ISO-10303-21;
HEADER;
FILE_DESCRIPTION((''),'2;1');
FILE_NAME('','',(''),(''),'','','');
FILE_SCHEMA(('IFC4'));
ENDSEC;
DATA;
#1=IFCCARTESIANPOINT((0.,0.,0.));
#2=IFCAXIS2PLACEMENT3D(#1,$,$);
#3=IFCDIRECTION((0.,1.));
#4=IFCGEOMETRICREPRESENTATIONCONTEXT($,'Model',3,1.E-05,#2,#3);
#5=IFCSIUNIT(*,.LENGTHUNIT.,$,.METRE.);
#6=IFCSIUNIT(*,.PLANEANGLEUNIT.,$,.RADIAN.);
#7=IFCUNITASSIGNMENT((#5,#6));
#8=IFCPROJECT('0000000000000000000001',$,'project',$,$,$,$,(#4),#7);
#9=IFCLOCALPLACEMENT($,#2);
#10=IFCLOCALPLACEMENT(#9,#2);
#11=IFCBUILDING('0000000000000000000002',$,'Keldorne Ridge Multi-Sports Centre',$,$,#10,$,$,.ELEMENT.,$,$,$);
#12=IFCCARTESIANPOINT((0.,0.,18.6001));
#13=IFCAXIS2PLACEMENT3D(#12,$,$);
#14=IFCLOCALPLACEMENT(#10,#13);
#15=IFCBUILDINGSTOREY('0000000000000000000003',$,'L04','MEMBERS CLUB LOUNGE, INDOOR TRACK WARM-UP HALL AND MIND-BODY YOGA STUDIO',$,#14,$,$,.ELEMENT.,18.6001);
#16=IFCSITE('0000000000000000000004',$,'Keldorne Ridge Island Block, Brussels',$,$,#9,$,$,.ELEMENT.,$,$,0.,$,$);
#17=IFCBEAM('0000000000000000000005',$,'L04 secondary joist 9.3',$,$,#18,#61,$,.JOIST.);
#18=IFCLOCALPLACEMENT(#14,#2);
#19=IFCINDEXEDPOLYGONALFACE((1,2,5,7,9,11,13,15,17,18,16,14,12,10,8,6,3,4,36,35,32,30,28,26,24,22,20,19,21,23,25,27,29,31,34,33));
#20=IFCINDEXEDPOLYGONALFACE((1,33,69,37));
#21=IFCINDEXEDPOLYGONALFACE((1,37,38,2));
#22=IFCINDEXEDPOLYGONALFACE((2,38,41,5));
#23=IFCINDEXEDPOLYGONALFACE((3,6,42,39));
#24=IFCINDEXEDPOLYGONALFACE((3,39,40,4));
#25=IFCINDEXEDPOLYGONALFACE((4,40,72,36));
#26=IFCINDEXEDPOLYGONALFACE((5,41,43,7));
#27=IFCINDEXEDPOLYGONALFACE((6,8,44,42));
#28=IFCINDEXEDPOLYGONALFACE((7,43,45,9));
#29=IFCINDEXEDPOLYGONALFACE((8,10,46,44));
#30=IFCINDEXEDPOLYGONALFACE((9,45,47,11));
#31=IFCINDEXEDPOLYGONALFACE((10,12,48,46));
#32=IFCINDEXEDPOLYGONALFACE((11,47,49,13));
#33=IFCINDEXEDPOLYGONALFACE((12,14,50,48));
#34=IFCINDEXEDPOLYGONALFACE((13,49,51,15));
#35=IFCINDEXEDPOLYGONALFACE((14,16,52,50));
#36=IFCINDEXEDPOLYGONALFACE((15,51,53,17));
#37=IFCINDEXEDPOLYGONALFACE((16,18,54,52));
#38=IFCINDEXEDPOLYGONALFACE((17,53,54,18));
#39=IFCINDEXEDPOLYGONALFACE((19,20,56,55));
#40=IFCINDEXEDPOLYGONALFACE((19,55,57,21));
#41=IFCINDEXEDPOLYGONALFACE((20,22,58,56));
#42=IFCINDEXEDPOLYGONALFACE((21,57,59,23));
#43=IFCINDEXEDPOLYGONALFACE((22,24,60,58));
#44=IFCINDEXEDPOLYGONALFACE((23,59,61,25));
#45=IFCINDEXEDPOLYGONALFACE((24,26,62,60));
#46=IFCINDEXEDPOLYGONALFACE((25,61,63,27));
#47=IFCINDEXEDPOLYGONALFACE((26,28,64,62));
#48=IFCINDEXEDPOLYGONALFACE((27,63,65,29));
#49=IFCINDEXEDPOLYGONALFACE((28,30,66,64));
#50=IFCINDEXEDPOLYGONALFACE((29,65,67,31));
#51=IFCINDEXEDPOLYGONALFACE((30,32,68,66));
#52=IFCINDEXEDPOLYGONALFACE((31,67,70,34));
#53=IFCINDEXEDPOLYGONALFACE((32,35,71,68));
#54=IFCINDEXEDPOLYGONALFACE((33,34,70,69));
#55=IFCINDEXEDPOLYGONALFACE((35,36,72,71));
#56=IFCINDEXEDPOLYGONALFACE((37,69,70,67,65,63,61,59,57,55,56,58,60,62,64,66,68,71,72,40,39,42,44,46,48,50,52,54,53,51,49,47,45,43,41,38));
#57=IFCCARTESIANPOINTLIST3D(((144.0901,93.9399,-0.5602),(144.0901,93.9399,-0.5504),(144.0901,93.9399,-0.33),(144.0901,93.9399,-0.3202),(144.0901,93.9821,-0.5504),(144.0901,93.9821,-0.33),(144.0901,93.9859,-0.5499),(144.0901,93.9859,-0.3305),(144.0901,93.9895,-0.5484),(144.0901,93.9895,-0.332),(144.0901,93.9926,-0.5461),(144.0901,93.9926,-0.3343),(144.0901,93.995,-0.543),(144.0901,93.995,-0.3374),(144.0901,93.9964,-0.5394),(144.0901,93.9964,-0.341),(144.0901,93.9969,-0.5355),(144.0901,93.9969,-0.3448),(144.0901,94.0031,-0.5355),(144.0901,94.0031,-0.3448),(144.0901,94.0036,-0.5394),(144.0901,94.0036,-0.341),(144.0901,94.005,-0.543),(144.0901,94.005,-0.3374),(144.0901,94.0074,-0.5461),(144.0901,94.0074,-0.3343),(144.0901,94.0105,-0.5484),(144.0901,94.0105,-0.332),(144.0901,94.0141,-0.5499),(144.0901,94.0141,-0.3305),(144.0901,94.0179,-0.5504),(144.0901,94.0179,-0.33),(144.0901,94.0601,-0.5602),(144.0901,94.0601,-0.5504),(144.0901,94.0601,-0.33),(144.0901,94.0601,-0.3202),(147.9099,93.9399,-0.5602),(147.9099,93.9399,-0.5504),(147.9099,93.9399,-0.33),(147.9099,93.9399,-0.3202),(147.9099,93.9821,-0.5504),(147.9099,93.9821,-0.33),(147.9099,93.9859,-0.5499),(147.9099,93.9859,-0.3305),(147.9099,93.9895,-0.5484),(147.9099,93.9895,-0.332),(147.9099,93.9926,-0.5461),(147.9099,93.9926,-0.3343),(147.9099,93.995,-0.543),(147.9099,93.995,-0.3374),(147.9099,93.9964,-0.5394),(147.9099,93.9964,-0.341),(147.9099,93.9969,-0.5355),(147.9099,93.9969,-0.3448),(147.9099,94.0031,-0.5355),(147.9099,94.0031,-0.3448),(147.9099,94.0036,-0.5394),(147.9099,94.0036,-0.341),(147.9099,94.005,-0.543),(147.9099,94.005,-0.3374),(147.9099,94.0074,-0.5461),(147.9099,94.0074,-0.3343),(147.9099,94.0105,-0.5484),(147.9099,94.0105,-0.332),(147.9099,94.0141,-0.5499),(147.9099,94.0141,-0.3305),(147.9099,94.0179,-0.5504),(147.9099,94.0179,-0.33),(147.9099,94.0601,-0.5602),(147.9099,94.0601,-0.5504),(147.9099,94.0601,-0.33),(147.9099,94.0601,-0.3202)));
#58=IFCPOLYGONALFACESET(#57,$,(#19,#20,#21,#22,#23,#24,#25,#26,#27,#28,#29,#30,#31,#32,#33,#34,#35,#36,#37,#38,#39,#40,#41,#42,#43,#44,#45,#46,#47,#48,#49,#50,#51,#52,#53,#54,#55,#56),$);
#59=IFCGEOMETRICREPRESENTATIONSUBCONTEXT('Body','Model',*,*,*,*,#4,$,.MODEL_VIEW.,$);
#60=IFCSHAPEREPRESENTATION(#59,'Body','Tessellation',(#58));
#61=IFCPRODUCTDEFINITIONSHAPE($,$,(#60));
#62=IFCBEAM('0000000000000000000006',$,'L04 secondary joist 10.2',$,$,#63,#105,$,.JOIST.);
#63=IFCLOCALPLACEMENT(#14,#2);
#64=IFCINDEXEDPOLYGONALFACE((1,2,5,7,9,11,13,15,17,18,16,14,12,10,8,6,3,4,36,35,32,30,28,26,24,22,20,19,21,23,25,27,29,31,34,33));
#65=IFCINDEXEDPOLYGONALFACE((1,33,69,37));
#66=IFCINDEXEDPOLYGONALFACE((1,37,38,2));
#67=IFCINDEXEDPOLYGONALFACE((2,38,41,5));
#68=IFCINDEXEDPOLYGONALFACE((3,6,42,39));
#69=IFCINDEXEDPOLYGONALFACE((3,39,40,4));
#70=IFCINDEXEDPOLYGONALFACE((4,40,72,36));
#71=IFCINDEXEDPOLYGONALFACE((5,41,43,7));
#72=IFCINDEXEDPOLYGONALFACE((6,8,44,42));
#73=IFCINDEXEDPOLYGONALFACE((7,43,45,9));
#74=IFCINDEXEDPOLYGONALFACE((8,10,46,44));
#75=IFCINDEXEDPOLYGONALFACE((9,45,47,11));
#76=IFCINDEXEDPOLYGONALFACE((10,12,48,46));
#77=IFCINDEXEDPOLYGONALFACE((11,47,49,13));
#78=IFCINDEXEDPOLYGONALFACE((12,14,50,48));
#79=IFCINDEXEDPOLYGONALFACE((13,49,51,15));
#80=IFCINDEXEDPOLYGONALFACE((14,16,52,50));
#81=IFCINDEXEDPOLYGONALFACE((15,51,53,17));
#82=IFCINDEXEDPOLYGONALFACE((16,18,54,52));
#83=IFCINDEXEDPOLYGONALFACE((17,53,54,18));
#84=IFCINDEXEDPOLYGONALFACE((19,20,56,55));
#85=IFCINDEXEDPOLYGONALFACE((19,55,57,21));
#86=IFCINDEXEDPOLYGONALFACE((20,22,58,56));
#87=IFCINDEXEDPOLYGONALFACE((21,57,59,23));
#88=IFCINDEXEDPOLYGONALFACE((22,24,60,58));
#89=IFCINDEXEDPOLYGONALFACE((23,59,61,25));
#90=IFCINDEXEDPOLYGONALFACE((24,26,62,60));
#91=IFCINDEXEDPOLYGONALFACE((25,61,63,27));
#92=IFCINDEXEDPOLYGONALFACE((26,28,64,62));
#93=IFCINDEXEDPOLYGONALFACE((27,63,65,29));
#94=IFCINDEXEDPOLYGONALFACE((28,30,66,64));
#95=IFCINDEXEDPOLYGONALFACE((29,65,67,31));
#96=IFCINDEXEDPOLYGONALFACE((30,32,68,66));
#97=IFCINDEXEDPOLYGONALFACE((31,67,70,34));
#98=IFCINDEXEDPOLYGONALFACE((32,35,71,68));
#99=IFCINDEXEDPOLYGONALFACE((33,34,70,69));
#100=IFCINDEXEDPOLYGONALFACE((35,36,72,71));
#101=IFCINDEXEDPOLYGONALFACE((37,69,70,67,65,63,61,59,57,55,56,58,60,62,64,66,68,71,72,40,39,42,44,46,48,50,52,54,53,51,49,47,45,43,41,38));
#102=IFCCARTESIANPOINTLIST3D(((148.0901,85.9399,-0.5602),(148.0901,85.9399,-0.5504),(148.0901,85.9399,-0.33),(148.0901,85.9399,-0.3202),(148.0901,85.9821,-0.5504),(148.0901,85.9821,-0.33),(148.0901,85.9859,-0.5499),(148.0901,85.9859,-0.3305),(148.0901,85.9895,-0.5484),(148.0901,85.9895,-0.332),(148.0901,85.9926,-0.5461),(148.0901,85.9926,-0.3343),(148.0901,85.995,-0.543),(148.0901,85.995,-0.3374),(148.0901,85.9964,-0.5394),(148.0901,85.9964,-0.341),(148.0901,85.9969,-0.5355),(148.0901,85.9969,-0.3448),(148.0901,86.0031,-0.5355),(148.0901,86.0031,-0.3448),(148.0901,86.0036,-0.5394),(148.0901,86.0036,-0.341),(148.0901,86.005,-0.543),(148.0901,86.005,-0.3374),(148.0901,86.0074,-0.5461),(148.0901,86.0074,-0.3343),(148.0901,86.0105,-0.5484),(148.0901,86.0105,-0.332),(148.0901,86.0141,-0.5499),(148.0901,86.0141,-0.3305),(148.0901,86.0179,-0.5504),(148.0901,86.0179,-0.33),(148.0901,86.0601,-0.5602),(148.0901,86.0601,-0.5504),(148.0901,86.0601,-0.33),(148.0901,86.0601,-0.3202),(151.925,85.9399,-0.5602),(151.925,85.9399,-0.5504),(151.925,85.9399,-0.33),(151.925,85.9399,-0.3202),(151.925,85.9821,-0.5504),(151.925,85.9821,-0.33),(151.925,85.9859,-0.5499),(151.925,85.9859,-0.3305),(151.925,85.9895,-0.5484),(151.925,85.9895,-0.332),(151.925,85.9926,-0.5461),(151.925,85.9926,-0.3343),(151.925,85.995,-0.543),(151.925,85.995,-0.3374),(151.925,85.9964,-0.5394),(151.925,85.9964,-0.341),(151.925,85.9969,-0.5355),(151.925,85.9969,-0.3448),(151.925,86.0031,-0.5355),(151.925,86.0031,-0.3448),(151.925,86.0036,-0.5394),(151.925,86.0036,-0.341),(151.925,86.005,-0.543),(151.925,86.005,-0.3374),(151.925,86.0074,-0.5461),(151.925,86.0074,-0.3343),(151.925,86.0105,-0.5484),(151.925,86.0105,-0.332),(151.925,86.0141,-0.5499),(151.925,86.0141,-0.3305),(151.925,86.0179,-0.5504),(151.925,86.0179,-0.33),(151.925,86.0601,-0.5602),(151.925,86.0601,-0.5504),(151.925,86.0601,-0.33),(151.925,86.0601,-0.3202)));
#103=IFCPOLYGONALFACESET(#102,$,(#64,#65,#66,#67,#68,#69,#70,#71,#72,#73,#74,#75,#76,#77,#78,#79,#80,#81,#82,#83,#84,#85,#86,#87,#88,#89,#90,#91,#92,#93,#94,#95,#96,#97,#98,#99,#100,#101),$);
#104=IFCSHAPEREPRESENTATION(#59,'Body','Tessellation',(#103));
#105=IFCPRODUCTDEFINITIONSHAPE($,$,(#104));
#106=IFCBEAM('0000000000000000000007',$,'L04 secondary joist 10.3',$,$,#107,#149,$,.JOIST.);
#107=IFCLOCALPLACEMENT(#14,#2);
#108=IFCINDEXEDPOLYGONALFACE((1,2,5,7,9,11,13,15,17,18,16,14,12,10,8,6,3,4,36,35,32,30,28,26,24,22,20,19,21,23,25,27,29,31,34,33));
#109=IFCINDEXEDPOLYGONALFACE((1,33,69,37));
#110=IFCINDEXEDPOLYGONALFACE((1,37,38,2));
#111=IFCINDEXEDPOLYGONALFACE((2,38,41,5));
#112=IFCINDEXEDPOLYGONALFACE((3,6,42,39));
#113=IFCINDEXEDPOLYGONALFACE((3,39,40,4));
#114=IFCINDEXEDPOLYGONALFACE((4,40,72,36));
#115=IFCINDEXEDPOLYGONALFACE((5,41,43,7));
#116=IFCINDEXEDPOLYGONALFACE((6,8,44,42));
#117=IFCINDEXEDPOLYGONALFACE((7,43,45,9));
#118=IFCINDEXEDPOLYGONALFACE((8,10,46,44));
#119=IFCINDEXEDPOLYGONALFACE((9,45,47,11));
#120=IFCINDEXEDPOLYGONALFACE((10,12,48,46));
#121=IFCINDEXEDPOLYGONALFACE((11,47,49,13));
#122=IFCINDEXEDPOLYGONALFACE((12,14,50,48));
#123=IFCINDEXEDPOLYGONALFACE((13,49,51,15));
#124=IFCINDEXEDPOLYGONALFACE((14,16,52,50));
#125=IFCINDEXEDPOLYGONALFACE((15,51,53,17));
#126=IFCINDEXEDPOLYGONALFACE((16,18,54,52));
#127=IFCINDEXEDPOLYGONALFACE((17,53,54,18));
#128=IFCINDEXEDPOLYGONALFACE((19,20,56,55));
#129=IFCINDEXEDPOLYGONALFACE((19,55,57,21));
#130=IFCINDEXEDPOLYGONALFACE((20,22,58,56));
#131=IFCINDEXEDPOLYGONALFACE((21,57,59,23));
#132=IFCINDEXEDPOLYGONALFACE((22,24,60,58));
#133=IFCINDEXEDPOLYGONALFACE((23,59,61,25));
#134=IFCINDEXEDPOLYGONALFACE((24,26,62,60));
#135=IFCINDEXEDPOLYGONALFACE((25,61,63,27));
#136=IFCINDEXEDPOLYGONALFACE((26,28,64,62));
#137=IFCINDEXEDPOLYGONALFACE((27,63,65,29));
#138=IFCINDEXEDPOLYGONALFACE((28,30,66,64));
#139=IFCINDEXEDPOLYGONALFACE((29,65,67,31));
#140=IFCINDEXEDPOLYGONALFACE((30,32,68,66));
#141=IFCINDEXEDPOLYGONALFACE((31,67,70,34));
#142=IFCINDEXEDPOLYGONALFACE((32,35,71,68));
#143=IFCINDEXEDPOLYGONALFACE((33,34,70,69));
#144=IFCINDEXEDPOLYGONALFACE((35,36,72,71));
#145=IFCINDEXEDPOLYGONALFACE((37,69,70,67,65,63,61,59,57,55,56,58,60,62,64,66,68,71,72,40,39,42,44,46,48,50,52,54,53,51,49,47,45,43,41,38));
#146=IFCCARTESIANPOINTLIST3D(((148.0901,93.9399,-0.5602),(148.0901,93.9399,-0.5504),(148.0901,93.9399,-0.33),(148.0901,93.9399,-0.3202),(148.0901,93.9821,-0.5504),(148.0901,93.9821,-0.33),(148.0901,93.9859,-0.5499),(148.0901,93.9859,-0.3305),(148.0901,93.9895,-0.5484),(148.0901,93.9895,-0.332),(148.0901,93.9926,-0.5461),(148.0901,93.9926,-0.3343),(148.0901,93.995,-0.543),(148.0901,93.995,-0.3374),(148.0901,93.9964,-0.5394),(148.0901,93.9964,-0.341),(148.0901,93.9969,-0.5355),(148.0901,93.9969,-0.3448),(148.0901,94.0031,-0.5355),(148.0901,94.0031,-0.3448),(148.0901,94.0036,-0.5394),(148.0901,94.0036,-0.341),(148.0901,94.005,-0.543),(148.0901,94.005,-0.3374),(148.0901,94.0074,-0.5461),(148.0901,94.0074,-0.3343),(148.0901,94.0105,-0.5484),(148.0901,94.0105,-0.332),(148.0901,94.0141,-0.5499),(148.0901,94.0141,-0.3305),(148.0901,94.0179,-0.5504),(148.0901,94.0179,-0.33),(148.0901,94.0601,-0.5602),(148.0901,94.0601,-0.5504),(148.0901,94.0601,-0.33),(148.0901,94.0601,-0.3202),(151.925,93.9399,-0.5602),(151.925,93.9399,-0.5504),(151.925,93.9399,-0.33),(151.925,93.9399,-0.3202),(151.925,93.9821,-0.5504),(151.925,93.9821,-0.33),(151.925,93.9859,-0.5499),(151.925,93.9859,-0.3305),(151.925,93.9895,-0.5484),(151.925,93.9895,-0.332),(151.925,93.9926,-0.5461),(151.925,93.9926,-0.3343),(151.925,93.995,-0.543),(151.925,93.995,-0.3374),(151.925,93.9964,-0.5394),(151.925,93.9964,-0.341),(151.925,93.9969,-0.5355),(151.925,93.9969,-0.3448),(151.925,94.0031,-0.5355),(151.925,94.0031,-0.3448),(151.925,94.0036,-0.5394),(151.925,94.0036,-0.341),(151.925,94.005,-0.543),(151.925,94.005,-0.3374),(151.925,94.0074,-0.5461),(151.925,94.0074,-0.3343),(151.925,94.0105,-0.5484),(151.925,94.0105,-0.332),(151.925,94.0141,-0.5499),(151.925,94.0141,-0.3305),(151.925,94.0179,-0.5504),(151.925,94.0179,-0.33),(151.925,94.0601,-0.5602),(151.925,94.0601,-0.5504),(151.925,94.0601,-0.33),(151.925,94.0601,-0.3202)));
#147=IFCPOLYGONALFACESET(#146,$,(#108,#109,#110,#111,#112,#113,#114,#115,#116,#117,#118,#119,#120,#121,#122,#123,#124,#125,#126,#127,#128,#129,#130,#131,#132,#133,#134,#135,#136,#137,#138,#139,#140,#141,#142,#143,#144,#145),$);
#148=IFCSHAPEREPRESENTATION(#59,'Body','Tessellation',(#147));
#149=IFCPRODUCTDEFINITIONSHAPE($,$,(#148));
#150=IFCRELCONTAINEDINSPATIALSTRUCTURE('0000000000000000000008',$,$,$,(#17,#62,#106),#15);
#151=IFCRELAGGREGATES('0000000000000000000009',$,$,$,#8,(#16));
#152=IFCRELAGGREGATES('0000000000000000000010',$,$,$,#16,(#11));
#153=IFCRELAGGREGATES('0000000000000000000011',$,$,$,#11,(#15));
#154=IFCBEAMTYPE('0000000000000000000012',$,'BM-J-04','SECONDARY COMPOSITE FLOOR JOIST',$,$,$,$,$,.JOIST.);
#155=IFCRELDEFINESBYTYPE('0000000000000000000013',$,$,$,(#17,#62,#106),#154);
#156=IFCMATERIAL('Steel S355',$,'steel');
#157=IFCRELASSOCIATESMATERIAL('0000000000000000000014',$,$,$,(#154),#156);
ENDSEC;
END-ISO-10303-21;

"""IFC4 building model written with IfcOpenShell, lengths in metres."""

from ifc_helpers import new_model, si_unit, direction, frame, origin, origin_2d, place, context, subcontext, project, spatial, i_section, extrude, material, material_profile, profile_set, type_object, element, save


model = new_model("IFC4")

# Units and contexts
model_context = context("Model", 3, precision=1e-05, world=origin(), true_north=direction((0.0, 1.0)))
body_context = subcontext(model_context, "Body", "Model", "MODEL_VIEW")
ifc_project = project(units=[si_unit("LENGTHUNIT", "METRE"), si_unit("PLANEANGLEUNIT", "RADIAN")], contexts=[model_context])

# Site, building, storey
site_placement = place(None, origin())
site = spatial("IfcSite", under=ifc_project, at=site_placement, Name="Keldorne Ridge Island Block, Brussels", CompositionType="ELEMENT", RefElevation=0.0)
building_placement = place(site_placement, origin())
building = spatial("IfcBuilding", under=site, at=building_placement, Name="Keldorne Ridge Multi-Sports Centre", CompositionType="ELEMENT")
storey_placement = place(building_placement, frame((0.0, 0.0, 18.6001)))
storey = spatial("IfcBuildingStorey", under=building, at=storey_placement, Name="L04", Description="MEMBERS CLUB LOUNGE, INDOOR TRACK WARM-UP HALL AND MIND-BODY YOGA STUDIO", CompositionType="ELEMENT", Elevation=18.6001)

# Beams
ifc_material = material(Name="Steel S355", Category="steel")
ifc_material_profile_1 = material_profile(ifc_material, i_section(OverallWidth=0.1201, OverallDepth=0.24, WebThickness=0.0061, FlangeThickness=0.0098, FilletRadius=0.0149, at=origin_2d()), Name="IPE 240")
ifc_profile_set_1 = profile_set([ifc_material_profile_1], Name="Steel S355")
beam_type_1 = type_object("IfcBeamType", Name="BM-J-04", Description="SECONDARY COMPOSITE FLOOR JOIST", PredefinedType="JOIST", material=ifc_profile_set_1)
for number, where, z_axis, x_axis, name in (
    (1, (144.0901, 94.0, -0.4402), (1.0, 0.0, 0.0), (0.0, 1.0, 0.0), "L04 secondary joist 9.3"),
):
    element("IfcBeam", number, at=place(storey_placement, frame(where, z_axis=z_axis, x_axis=x_axis)), inside=storey, type_object=beam_type_1, Name=name, PredefinedType="JOIST", context=body_context, shape_type="SweptSolid", body=[
        extrude(i_section(OverallWidth=0.1201, OverallDepth=0.24, WebThickness=0.0061, FlangeThickness=0.0098, FilletRadius=0.0149, at=origin_2d()), origin(), (0.0, 0.0, 1.0), 3.8198),
    ])
for number, where, z_axis, x_axis, name in (
    (2, (148.0901, 86.0, -0.4402), (1.0, 0.0, 0.0), (0.0, 1.0, 0.0), "L04 secondary joist 10.2"),
    (3, (148.0901, 94.0, -0.4402), (1.0, 0.0, 0.0), (0.0, 1.0, 0.0), "L04 secondary joist 10.3"),
):
    element("IfcBeam", number, at=place(storey_placement, frame(where, z_axis=z_axis, x_axis=x_axis)), inside=storey, type_object=beam_type_1, Name=name, PredefinedType="JOIST", context=body_context, shape_type="SweptSolid", body=[
        extrude(i_section(OverallWidth=0.1201, OverallDepth=0.24, WebThickness=0.0061, FlangeThickness=0.0098, FilletRadius=0.0149, at=origin_2d()), origin(), (0.0, 0.0, 1.0), 3.835),
    ])

save(model, "model.ifc")
